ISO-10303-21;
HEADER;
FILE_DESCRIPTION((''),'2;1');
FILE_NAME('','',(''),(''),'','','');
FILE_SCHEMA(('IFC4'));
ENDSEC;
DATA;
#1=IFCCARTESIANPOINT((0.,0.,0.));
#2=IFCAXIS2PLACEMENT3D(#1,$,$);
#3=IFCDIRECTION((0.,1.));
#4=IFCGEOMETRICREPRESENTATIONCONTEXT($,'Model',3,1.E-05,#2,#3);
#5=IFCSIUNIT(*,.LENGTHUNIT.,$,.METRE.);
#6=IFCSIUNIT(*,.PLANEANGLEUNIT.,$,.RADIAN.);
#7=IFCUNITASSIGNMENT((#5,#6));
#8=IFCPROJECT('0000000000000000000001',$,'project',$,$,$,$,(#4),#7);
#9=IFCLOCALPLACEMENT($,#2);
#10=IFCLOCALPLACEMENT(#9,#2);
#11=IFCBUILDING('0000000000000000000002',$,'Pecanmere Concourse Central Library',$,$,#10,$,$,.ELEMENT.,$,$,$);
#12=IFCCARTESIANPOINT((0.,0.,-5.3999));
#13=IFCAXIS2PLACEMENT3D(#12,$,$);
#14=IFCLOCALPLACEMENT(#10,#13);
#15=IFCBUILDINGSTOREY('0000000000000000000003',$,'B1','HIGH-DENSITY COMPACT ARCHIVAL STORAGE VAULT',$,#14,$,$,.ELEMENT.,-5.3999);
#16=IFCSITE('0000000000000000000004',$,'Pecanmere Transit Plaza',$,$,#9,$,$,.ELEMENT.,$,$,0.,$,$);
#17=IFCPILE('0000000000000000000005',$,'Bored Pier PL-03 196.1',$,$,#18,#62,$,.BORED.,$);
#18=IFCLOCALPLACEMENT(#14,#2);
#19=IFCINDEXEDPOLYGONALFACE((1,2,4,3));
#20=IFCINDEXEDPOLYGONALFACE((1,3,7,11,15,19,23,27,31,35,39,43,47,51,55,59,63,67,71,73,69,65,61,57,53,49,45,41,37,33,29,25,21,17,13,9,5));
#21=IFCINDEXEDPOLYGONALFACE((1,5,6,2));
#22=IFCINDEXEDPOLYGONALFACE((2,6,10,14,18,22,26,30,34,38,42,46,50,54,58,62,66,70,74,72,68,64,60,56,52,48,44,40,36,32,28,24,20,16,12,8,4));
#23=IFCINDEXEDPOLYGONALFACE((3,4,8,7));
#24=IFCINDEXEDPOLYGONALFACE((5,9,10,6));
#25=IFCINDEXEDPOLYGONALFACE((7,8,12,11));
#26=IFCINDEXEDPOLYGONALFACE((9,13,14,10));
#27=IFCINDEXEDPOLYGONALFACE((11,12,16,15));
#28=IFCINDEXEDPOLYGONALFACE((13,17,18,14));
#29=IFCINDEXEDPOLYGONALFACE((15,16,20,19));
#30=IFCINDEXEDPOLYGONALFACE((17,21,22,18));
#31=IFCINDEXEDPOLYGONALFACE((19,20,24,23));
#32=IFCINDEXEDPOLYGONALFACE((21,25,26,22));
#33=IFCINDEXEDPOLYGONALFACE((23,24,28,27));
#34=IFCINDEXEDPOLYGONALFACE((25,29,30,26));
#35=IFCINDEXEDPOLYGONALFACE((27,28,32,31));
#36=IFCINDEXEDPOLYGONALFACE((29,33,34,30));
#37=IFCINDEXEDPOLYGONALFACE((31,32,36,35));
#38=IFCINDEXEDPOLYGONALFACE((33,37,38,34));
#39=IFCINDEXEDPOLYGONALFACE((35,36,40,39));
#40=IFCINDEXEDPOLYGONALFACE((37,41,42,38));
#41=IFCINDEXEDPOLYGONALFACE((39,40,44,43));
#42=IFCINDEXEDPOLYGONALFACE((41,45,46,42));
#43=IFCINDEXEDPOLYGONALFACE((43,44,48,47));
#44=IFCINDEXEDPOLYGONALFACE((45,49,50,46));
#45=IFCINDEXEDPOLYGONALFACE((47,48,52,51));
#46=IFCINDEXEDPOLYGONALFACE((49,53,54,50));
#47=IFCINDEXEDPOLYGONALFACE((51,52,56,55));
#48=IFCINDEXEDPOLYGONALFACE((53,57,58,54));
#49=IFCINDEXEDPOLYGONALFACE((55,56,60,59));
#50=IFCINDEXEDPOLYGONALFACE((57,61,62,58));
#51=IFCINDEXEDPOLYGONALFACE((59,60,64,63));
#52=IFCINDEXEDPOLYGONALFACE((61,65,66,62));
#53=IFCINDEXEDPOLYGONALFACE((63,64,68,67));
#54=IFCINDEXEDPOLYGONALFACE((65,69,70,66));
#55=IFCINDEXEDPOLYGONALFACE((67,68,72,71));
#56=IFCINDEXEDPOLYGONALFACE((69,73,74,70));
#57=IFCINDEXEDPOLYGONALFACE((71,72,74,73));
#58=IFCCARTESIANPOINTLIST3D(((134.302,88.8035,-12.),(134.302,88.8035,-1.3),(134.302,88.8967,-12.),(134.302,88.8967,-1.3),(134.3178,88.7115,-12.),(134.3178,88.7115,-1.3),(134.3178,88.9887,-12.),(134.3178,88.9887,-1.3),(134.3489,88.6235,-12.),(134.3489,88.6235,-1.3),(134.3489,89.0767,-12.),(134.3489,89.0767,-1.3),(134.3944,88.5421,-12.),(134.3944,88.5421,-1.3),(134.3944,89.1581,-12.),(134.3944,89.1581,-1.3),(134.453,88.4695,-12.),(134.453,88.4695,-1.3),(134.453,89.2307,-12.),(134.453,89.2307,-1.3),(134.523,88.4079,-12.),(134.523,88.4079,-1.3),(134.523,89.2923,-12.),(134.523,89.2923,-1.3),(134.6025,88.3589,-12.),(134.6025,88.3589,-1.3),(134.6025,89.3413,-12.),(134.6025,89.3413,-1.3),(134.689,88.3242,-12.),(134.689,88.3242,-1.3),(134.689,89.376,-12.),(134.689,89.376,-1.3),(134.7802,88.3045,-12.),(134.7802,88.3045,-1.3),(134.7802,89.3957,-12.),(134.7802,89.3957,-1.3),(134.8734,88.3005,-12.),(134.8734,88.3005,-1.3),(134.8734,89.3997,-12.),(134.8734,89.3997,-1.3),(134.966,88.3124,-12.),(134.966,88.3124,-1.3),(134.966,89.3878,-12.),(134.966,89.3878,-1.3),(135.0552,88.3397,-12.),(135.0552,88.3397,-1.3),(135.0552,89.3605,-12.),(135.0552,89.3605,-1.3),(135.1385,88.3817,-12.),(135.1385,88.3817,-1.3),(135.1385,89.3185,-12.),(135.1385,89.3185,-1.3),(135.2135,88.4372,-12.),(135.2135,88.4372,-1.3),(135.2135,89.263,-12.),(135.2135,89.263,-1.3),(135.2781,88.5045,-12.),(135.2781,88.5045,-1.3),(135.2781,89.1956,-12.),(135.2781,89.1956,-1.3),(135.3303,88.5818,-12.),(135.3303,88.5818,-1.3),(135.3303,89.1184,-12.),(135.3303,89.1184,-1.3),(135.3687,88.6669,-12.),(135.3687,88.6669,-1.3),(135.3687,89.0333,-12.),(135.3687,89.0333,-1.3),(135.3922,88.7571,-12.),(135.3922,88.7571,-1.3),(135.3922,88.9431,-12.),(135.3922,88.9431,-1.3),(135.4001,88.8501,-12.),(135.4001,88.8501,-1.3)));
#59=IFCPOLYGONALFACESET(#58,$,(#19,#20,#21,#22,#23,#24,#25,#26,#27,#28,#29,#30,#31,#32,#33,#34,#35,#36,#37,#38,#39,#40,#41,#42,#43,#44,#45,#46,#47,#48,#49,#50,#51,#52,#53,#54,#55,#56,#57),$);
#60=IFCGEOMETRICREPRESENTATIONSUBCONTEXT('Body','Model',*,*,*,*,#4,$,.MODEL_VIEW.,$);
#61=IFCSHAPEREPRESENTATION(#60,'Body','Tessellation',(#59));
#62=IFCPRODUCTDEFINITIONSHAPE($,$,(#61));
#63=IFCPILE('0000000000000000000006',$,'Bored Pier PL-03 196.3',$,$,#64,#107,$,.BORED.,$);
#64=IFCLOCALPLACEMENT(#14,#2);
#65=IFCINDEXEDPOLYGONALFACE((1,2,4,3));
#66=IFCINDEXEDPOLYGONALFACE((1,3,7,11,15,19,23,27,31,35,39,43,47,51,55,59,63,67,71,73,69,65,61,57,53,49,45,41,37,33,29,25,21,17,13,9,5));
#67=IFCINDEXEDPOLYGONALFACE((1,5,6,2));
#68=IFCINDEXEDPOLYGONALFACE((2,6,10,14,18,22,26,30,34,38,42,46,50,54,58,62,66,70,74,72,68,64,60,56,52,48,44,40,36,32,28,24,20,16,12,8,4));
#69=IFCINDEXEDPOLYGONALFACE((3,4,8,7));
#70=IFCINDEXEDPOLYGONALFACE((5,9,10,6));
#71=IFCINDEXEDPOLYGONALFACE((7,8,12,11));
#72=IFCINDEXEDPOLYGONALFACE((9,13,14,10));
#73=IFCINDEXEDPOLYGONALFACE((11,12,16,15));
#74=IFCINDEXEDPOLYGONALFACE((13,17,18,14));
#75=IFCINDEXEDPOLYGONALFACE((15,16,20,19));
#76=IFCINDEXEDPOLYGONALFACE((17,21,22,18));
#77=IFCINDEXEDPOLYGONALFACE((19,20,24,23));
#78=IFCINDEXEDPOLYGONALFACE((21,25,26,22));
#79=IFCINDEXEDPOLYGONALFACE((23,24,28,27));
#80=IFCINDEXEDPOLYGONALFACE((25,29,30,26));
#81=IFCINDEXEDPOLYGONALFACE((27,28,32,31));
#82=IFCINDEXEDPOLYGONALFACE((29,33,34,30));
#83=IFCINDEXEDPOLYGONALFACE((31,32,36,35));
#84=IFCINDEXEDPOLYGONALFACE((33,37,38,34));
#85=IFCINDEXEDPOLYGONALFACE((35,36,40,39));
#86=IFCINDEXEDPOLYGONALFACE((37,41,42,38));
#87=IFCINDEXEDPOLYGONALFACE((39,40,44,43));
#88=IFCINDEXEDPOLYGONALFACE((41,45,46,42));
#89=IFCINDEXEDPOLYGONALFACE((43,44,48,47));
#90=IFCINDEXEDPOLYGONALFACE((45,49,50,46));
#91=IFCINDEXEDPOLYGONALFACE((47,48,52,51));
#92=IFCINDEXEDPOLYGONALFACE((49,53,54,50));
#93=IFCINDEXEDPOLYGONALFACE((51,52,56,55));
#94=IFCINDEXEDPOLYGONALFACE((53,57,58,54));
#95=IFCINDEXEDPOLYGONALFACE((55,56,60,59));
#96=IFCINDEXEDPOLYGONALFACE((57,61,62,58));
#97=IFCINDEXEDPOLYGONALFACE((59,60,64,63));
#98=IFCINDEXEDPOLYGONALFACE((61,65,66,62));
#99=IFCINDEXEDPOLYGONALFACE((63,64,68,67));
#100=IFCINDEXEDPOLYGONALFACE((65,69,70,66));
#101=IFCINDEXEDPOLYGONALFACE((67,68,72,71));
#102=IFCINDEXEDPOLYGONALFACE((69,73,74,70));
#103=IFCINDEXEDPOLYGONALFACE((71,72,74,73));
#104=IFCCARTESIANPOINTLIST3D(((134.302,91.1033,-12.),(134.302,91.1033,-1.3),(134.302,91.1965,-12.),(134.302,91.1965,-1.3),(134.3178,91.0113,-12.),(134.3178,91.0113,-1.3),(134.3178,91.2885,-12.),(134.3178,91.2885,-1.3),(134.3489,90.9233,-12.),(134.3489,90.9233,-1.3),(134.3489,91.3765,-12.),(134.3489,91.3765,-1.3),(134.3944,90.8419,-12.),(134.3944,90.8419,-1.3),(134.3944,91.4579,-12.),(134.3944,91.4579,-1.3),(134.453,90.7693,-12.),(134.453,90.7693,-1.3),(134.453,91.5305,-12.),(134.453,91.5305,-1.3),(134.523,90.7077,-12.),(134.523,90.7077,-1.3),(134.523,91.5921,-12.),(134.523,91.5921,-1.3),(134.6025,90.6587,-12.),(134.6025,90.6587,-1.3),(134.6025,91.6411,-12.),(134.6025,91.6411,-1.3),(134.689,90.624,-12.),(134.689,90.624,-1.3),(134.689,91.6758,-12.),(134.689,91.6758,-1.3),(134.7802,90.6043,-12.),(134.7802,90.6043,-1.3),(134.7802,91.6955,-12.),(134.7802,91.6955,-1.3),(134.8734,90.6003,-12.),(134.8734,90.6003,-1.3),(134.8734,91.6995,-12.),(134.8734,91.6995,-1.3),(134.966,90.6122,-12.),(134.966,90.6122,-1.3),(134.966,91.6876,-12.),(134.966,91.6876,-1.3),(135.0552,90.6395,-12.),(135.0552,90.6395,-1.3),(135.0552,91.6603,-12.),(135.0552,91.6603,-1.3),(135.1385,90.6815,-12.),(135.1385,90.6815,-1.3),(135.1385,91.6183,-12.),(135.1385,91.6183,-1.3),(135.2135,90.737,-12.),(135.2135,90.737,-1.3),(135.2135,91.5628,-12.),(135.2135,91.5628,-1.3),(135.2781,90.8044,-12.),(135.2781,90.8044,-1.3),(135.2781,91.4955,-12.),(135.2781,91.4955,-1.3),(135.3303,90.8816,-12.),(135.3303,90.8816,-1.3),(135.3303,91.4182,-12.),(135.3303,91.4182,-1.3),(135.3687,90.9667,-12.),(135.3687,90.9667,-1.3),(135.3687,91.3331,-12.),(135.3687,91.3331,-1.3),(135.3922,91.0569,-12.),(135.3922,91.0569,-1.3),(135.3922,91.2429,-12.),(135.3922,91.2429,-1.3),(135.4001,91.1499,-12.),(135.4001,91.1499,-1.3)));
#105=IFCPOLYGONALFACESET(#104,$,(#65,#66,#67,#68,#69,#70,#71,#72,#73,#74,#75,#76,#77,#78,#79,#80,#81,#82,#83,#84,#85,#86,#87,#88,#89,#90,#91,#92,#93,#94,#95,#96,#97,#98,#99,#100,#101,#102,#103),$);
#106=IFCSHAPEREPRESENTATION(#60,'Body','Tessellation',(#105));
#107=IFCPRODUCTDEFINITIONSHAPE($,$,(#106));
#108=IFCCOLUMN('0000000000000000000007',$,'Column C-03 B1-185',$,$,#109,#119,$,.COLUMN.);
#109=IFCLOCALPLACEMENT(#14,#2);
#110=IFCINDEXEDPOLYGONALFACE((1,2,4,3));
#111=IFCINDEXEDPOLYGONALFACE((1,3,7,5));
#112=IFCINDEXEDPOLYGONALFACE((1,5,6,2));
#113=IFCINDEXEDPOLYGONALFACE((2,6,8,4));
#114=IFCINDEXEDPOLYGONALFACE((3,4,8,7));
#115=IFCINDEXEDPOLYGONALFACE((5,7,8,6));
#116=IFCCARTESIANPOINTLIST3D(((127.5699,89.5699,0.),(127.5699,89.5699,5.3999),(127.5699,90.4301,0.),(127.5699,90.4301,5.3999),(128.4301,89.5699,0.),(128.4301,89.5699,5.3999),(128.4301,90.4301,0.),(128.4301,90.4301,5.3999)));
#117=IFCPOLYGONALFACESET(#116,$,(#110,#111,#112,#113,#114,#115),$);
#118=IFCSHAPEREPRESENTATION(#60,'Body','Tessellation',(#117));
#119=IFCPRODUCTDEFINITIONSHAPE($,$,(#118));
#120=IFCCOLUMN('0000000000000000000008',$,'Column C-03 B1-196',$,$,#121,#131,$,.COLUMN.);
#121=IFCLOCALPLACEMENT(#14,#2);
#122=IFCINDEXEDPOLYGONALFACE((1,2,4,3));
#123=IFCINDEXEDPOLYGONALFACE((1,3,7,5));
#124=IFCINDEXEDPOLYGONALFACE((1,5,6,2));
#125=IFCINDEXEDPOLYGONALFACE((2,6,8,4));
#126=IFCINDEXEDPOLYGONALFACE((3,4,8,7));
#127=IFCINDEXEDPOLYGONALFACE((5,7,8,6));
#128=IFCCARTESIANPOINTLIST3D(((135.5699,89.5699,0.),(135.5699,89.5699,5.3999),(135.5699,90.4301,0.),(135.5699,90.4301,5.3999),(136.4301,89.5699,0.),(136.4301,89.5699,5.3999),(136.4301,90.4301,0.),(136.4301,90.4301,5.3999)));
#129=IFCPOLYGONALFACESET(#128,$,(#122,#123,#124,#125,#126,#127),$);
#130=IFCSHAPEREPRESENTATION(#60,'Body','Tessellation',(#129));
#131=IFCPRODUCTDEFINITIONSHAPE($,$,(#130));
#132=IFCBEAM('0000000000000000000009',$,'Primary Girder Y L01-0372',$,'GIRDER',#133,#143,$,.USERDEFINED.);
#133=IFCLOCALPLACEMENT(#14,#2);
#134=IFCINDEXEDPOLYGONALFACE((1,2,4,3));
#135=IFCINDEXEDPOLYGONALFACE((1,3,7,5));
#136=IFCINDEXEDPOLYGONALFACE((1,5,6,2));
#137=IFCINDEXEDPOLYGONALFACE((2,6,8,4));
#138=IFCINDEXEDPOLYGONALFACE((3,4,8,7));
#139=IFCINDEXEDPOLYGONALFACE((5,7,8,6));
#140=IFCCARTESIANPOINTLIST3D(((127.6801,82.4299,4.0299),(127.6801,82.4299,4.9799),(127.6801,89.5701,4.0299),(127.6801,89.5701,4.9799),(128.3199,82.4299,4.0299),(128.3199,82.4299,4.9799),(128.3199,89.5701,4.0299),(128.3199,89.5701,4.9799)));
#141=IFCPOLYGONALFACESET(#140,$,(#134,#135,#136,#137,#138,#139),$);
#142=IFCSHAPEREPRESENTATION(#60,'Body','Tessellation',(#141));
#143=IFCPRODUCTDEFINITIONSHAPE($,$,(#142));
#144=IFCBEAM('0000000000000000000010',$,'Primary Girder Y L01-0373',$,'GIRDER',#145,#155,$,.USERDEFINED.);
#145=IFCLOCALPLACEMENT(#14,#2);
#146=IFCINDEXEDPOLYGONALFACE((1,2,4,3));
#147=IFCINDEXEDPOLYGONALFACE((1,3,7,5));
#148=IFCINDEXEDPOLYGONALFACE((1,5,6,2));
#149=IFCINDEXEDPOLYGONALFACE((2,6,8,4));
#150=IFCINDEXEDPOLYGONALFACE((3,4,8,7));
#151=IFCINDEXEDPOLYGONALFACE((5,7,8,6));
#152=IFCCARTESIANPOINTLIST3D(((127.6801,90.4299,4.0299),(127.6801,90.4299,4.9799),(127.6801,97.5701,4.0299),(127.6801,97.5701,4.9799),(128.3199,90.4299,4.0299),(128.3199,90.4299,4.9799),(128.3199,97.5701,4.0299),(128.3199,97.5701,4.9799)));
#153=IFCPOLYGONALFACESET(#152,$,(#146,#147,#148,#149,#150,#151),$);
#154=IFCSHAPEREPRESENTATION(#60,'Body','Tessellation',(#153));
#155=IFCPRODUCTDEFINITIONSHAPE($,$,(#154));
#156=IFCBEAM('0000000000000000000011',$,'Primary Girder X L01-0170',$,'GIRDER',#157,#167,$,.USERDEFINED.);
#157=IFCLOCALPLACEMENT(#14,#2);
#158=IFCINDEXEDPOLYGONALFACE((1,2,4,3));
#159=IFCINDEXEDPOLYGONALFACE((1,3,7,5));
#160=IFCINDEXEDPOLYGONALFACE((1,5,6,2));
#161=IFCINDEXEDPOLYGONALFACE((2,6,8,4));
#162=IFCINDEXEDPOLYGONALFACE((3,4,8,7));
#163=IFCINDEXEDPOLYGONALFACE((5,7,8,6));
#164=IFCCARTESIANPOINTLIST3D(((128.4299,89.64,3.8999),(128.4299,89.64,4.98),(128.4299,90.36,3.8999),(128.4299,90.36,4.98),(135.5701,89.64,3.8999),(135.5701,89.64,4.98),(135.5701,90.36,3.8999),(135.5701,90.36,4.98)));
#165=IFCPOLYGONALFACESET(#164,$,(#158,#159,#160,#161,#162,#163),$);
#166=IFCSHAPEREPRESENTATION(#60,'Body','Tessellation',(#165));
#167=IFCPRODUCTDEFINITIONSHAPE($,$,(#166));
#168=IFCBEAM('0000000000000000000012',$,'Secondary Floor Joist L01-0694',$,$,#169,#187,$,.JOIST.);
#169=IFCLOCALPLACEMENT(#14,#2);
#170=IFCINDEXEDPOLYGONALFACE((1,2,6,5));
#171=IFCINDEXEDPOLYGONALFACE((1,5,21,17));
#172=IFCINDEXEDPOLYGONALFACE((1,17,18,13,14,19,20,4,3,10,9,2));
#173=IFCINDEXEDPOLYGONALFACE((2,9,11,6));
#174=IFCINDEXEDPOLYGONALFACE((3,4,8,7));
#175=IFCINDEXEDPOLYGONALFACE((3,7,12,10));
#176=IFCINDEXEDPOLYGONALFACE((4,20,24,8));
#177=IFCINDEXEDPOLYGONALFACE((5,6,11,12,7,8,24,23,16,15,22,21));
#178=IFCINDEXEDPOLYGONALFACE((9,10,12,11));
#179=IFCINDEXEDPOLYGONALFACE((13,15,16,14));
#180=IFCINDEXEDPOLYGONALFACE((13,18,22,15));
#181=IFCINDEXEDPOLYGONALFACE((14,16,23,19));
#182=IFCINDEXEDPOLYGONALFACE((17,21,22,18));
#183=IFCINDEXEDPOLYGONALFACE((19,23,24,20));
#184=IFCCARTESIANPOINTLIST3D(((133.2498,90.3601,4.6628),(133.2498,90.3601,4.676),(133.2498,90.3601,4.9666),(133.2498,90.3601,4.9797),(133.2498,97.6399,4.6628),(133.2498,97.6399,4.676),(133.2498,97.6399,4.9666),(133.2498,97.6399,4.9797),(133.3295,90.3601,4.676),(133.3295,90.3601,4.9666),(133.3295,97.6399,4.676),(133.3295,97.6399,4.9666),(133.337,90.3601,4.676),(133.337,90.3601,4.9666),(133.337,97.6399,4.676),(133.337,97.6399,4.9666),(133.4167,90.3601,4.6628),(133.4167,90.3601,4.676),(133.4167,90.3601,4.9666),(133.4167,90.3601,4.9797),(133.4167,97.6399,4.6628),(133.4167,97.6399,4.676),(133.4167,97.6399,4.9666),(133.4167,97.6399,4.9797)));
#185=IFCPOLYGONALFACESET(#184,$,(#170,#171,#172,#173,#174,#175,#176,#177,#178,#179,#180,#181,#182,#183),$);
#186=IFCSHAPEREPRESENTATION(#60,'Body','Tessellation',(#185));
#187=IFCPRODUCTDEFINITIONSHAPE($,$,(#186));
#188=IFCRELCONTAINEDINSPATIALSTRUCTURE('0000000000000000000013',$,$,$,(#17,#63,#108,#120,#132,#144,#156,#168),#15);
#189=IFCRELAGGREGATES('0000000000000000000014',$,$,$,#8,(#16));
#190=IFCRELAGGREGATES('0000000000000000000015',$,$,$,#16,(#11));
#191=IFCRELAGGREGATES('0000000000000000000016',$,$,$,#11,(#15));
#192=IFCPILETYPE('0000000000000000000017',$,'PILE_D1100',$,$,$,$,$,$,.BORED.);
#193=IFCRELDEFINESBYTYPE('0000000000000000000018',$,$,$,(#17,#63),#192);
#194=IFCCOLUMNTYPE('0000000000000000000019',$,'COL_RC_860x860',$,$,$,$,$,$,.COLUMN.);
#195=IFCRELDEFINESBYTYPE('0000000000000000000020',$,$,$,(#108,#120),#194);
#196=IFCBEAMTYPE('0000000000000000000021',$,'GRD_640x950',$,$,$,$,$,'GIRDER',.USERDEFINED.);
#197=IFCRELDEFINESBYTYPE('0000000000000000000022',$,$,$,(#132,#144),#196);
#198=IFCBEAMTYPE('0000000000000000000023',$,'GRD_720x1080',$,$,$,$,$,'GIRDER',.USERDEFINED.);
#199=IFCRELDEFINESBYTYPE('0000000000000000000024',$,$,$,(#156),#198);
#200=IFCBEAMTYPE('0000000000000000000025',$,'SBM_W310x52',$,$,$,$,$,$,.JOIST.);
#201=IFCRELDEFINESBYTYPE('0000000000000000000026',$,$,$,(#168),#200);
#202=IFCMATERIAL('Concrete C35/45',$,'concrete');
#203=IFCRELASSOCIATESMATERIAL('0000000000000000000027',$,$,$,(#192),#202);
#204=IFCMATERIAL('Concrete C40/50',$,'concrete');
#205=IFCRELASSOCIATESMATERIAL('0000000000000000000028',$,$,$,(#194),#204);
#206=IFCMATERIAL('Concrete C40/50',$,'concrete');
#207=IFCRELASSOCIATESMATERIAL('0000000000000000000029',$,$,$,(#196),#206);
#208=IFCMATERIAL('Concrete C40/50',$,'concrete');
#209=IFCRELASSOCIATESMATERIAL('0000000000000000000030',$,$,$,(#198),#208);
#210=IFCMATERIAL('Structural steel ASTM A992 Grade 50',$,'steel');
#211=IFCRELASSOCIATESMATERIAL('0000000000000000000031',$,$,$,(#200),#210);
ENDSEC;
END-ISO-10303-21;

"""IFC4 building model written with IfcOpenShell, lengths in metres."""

from ifc_helpers import new_model, si_unit, direction, frame, origin, origin_2d, place, context, subcontext, project, spatial, rectangle, circle, i_section, extrude, material, material_profile, profile_set, type_object, element, save


model = new_model("IFC4")

# Units and contexts
model_context = context("Model", 3, precision=1e-05, world=origin(), true_north=direction((0.0, 1.0)))
body_context = subcontext(model_context, "Body", "Model", "MODEL_VIEW")
ifc_project = project(units=[si_unit("LENGTHUNIT", "METRE"), si_unit("PLANEANGLEUNIT", "RADIAN")], contexts=[model_context])

# Site, building, storey
site_placement = place(None, origin())
site = spatial("IfcSite", under=ifc_project, at=site_placement, Name="Pecanmere Transit Plaza", CompositionType="ELEMENT", RefElevation=0.0)
building_placement = place(site_placement, origin())
building = spatial("IfcBuilding", under=site, at=building_placement, Name="Pecanmere Concourse Central Library", CompositionType="ELEMENT")
storey_placement = place(building_placement, frame((0.0, 0.0, -5.3999)))
storey = spatial("IfcBuildingStorey", under=building, at=storey_placement, Name="B1", Description="HIGH-DENSITY COMPACT ARCHIVAL STORAGE VAULT", CompositionType="ELEMENT", Elevation=-5.3999)

# Piles
ifc_material_1 = material(Name="Concrete C35/45", Category="concrete")
ifc_material_profile_1 = material_profile(ifc_material_1, circle(Radius=0.55, at=origin_2d()), Name="PIER D1100")
ifc_profile_set_1 = profile_set([ifc_material_profile_1], Name="Concrete C35/45")
pile_type = type_object("IfcPileType", Name="PILE_D1100", PredefinedType="BORED", material=ifc_profile_set_1)
for number, where, z_axis, x_axis, name in (
    (1, (134.8501, 88.8501, -1.3), (0.0, 0.0, -1.0), (1.0, 0.0, 0.0), "Bored Pier PL-03 196.1"),
    (2, (134.8501, 91.1499, -1.3), (0.0, 0.0, -1.0), (1.0, 0.0, 0.0), "Bored Pier PL-03 196.3"),
):
    element("IfcPile", number, at=place(storey_placement, frame(where, z_axis=z_axis, x_axis=x_axis)), inside=storey, type_object=pile_type, Name=name, PredefinedType="BORED", context=body_context, shape_type="SweptSolid", body=[
        extrude(circle(Radius=0.55, at=origin_2d()), origin(), (0.0, 0.0, 1.0), 10.7),
    ])

# Columns
ifc_material_2 = material(Name="Concrete C40/50", Category="concrete")
ifc_material_profile_2 = material_profile(ifc_material_2, rectangle(XDim=0.8601, YDim=0.8601, at=origin_2d()), Name="RC 860x860")
ifc_profile_set_2 = profile_set([ifc_material_profile_2], Name="Concrete C40/50")
column_type = type_object("IfcColumnType", Name="COL_RC_860x860", PredefinedType="COLUMN", material=ifc_profile_set_2)
for number, where, z_axis, x_axis, name in (
    (3, (128.0, 90.0, 0.0), (0.0, 0.0, 1.0), (1.0, 0.0, 0.0), "Column C-03 B1-185"),
    (4, (136.0, 90.0, 0.0), (0.0, 0.0, 1.0), (1.0, 0.0, 0.0), "Column C-03 B1-196"),
):
    element("IfcColumn", number, at=place(storey_placement, frame(where, z_axis=z_axis, x_axis=x_axis)), inside=storey, type_object=column_type, Name=name, PredefinedType="COLUMN", context=body_context, shape_type="SweptSolid", body=[
        extrude(rectangle(XDim=0.8601, YDim=0.8601, at=origin_2d()), origin(), (0.0, 0.0, 1.0), 5.3999),
    ])

# Beams
ifc_material_3 = material(Name="Concrete C40/50", Category="concrete")
ifc_material_profile_3 = material_profile(ifc_material_3, rectangle(XDim=0.6399, YDim=0.95, at=origin_2d()), Name="RC 640x950")
ifc_profile_set_3 = profile_set([ifc_material_profile_3], Name="Concrete C40/50")
beam_type_1 = type_object("IfcBeamType", Name="GRD_640x950", ElementType="GIRDER", PredefinedType="USERDEFINED", material=ifc_profile_set_3)
for number, where, z_axis, x_axis, name in (
    (5, (128.0, 82.4299, 4.5049), (0.0, 1.0, 0.0), (-1.0, 0.0, 0.0), "Primary Girder Y L01-0372"),
    (6, (128.0, 90.4299, 4.5049), (0.0, 1.0, 0.0), (-1.0, 0.0, 0.0), "Primary Girder Y L01-0373"),
):
    element("IfcBeam", number, at=place(storey_placement, frame(where, z_axis=z_axis, x_axis=x_axis)), inside=storey, type_object=beam_type_1, Name=name, ObjectType="GIRDER", PredefinedType="USERDEFINED", context=body_context, shape_type="SweptSolid", body=[
        extrude(rectangle(XDim=0.6399, YDim=0.95, at=origin_2d()), origin(), (0.0, 0.0, 1.0), 7.1401),
    ])
ifc_material_4 = material(Name="Concrete C40/50", Category="concrete")
ifc_material_profile_4 = material_profile(ifc_material_4, rectangle(XDim=0.72, YDim=1.0801, at=origin_2d()), Name="RC 720x1080")
ifc_profile_set_4 = profile_set([ifc_material_profile_4], Name="Concrete C40/50")
beam_type_2 = type_object("IfcBeamType", Name="GRD_720x1080", ElementType="GIRDER", PredefinedType="USERDEFINED", material=ifc_profile_set_4)
beam_1_placement = place(storey_placement, frame((128.4299, 90.0, 4.4399), z_axis=(1.0, 0.0, 0.0), x_axis=(0.0, 1.0, 0.0)))
element("IfcBeam", 7, at=beam_1_placement, inside=storey, type_object=beam_type_2, Name="Primary Girder X L01-0170", ObjectType="GIRDER", PredefinedType="USERDEFINED", context=body_context, shape_type="SweptSolid", body=[
    extrude(rectangle(XDim=0.72, YDim=1.0801, at=origin_2d()), origin(), (0.0, 0.0, 1.0), 7.1401),
])
ifc_material_5 = material(Name="Structural steel ASTM A992 Grade 50", Category="steel")
ifc_material_profile_5 = material_profile(ifc_material_5, i_section(OverallWidth=0.167, OverallDepth=0.3169, WebThickness=0.0076, FlangeThickness=0.0132, at=origin_2d()), Name="W310x52")
ifc_profile_set_5 = profile_set([ifc_material_profile_5], Name="Structural steel ASTM A992 Grade 50")
beam_type_3 = type_object("IfcBeamType", Name="SBM_W310x52", PredefinedType="JOIST", material=ifc_profile_set_5)
beam_2_placement = place(storey_placement, frame((133.3333, 90.3601, 4.8213), z_axis=(0.0, 1.0, 0.0), x_axis=(-1.0, 0.0, 0.0)))
element("IfcBeam", 8, at=beam_2_placement, inside=storey, type_object=beam_type_3, Name="Secondary Floor Joist L01-0694", PredefinedType="JOIST", context=body_context, shape_type="SweptSolid", body=[
    extrude(i_section(OverallWidth=0.167, OverallDepth=0.3169, WebThickness=0.0076, FlangeThickness=0.0132, at=origin_2d()), origin(), (0.0, 0.0, 1.0), 7.2798),
])

save(model, "model.ifc")
